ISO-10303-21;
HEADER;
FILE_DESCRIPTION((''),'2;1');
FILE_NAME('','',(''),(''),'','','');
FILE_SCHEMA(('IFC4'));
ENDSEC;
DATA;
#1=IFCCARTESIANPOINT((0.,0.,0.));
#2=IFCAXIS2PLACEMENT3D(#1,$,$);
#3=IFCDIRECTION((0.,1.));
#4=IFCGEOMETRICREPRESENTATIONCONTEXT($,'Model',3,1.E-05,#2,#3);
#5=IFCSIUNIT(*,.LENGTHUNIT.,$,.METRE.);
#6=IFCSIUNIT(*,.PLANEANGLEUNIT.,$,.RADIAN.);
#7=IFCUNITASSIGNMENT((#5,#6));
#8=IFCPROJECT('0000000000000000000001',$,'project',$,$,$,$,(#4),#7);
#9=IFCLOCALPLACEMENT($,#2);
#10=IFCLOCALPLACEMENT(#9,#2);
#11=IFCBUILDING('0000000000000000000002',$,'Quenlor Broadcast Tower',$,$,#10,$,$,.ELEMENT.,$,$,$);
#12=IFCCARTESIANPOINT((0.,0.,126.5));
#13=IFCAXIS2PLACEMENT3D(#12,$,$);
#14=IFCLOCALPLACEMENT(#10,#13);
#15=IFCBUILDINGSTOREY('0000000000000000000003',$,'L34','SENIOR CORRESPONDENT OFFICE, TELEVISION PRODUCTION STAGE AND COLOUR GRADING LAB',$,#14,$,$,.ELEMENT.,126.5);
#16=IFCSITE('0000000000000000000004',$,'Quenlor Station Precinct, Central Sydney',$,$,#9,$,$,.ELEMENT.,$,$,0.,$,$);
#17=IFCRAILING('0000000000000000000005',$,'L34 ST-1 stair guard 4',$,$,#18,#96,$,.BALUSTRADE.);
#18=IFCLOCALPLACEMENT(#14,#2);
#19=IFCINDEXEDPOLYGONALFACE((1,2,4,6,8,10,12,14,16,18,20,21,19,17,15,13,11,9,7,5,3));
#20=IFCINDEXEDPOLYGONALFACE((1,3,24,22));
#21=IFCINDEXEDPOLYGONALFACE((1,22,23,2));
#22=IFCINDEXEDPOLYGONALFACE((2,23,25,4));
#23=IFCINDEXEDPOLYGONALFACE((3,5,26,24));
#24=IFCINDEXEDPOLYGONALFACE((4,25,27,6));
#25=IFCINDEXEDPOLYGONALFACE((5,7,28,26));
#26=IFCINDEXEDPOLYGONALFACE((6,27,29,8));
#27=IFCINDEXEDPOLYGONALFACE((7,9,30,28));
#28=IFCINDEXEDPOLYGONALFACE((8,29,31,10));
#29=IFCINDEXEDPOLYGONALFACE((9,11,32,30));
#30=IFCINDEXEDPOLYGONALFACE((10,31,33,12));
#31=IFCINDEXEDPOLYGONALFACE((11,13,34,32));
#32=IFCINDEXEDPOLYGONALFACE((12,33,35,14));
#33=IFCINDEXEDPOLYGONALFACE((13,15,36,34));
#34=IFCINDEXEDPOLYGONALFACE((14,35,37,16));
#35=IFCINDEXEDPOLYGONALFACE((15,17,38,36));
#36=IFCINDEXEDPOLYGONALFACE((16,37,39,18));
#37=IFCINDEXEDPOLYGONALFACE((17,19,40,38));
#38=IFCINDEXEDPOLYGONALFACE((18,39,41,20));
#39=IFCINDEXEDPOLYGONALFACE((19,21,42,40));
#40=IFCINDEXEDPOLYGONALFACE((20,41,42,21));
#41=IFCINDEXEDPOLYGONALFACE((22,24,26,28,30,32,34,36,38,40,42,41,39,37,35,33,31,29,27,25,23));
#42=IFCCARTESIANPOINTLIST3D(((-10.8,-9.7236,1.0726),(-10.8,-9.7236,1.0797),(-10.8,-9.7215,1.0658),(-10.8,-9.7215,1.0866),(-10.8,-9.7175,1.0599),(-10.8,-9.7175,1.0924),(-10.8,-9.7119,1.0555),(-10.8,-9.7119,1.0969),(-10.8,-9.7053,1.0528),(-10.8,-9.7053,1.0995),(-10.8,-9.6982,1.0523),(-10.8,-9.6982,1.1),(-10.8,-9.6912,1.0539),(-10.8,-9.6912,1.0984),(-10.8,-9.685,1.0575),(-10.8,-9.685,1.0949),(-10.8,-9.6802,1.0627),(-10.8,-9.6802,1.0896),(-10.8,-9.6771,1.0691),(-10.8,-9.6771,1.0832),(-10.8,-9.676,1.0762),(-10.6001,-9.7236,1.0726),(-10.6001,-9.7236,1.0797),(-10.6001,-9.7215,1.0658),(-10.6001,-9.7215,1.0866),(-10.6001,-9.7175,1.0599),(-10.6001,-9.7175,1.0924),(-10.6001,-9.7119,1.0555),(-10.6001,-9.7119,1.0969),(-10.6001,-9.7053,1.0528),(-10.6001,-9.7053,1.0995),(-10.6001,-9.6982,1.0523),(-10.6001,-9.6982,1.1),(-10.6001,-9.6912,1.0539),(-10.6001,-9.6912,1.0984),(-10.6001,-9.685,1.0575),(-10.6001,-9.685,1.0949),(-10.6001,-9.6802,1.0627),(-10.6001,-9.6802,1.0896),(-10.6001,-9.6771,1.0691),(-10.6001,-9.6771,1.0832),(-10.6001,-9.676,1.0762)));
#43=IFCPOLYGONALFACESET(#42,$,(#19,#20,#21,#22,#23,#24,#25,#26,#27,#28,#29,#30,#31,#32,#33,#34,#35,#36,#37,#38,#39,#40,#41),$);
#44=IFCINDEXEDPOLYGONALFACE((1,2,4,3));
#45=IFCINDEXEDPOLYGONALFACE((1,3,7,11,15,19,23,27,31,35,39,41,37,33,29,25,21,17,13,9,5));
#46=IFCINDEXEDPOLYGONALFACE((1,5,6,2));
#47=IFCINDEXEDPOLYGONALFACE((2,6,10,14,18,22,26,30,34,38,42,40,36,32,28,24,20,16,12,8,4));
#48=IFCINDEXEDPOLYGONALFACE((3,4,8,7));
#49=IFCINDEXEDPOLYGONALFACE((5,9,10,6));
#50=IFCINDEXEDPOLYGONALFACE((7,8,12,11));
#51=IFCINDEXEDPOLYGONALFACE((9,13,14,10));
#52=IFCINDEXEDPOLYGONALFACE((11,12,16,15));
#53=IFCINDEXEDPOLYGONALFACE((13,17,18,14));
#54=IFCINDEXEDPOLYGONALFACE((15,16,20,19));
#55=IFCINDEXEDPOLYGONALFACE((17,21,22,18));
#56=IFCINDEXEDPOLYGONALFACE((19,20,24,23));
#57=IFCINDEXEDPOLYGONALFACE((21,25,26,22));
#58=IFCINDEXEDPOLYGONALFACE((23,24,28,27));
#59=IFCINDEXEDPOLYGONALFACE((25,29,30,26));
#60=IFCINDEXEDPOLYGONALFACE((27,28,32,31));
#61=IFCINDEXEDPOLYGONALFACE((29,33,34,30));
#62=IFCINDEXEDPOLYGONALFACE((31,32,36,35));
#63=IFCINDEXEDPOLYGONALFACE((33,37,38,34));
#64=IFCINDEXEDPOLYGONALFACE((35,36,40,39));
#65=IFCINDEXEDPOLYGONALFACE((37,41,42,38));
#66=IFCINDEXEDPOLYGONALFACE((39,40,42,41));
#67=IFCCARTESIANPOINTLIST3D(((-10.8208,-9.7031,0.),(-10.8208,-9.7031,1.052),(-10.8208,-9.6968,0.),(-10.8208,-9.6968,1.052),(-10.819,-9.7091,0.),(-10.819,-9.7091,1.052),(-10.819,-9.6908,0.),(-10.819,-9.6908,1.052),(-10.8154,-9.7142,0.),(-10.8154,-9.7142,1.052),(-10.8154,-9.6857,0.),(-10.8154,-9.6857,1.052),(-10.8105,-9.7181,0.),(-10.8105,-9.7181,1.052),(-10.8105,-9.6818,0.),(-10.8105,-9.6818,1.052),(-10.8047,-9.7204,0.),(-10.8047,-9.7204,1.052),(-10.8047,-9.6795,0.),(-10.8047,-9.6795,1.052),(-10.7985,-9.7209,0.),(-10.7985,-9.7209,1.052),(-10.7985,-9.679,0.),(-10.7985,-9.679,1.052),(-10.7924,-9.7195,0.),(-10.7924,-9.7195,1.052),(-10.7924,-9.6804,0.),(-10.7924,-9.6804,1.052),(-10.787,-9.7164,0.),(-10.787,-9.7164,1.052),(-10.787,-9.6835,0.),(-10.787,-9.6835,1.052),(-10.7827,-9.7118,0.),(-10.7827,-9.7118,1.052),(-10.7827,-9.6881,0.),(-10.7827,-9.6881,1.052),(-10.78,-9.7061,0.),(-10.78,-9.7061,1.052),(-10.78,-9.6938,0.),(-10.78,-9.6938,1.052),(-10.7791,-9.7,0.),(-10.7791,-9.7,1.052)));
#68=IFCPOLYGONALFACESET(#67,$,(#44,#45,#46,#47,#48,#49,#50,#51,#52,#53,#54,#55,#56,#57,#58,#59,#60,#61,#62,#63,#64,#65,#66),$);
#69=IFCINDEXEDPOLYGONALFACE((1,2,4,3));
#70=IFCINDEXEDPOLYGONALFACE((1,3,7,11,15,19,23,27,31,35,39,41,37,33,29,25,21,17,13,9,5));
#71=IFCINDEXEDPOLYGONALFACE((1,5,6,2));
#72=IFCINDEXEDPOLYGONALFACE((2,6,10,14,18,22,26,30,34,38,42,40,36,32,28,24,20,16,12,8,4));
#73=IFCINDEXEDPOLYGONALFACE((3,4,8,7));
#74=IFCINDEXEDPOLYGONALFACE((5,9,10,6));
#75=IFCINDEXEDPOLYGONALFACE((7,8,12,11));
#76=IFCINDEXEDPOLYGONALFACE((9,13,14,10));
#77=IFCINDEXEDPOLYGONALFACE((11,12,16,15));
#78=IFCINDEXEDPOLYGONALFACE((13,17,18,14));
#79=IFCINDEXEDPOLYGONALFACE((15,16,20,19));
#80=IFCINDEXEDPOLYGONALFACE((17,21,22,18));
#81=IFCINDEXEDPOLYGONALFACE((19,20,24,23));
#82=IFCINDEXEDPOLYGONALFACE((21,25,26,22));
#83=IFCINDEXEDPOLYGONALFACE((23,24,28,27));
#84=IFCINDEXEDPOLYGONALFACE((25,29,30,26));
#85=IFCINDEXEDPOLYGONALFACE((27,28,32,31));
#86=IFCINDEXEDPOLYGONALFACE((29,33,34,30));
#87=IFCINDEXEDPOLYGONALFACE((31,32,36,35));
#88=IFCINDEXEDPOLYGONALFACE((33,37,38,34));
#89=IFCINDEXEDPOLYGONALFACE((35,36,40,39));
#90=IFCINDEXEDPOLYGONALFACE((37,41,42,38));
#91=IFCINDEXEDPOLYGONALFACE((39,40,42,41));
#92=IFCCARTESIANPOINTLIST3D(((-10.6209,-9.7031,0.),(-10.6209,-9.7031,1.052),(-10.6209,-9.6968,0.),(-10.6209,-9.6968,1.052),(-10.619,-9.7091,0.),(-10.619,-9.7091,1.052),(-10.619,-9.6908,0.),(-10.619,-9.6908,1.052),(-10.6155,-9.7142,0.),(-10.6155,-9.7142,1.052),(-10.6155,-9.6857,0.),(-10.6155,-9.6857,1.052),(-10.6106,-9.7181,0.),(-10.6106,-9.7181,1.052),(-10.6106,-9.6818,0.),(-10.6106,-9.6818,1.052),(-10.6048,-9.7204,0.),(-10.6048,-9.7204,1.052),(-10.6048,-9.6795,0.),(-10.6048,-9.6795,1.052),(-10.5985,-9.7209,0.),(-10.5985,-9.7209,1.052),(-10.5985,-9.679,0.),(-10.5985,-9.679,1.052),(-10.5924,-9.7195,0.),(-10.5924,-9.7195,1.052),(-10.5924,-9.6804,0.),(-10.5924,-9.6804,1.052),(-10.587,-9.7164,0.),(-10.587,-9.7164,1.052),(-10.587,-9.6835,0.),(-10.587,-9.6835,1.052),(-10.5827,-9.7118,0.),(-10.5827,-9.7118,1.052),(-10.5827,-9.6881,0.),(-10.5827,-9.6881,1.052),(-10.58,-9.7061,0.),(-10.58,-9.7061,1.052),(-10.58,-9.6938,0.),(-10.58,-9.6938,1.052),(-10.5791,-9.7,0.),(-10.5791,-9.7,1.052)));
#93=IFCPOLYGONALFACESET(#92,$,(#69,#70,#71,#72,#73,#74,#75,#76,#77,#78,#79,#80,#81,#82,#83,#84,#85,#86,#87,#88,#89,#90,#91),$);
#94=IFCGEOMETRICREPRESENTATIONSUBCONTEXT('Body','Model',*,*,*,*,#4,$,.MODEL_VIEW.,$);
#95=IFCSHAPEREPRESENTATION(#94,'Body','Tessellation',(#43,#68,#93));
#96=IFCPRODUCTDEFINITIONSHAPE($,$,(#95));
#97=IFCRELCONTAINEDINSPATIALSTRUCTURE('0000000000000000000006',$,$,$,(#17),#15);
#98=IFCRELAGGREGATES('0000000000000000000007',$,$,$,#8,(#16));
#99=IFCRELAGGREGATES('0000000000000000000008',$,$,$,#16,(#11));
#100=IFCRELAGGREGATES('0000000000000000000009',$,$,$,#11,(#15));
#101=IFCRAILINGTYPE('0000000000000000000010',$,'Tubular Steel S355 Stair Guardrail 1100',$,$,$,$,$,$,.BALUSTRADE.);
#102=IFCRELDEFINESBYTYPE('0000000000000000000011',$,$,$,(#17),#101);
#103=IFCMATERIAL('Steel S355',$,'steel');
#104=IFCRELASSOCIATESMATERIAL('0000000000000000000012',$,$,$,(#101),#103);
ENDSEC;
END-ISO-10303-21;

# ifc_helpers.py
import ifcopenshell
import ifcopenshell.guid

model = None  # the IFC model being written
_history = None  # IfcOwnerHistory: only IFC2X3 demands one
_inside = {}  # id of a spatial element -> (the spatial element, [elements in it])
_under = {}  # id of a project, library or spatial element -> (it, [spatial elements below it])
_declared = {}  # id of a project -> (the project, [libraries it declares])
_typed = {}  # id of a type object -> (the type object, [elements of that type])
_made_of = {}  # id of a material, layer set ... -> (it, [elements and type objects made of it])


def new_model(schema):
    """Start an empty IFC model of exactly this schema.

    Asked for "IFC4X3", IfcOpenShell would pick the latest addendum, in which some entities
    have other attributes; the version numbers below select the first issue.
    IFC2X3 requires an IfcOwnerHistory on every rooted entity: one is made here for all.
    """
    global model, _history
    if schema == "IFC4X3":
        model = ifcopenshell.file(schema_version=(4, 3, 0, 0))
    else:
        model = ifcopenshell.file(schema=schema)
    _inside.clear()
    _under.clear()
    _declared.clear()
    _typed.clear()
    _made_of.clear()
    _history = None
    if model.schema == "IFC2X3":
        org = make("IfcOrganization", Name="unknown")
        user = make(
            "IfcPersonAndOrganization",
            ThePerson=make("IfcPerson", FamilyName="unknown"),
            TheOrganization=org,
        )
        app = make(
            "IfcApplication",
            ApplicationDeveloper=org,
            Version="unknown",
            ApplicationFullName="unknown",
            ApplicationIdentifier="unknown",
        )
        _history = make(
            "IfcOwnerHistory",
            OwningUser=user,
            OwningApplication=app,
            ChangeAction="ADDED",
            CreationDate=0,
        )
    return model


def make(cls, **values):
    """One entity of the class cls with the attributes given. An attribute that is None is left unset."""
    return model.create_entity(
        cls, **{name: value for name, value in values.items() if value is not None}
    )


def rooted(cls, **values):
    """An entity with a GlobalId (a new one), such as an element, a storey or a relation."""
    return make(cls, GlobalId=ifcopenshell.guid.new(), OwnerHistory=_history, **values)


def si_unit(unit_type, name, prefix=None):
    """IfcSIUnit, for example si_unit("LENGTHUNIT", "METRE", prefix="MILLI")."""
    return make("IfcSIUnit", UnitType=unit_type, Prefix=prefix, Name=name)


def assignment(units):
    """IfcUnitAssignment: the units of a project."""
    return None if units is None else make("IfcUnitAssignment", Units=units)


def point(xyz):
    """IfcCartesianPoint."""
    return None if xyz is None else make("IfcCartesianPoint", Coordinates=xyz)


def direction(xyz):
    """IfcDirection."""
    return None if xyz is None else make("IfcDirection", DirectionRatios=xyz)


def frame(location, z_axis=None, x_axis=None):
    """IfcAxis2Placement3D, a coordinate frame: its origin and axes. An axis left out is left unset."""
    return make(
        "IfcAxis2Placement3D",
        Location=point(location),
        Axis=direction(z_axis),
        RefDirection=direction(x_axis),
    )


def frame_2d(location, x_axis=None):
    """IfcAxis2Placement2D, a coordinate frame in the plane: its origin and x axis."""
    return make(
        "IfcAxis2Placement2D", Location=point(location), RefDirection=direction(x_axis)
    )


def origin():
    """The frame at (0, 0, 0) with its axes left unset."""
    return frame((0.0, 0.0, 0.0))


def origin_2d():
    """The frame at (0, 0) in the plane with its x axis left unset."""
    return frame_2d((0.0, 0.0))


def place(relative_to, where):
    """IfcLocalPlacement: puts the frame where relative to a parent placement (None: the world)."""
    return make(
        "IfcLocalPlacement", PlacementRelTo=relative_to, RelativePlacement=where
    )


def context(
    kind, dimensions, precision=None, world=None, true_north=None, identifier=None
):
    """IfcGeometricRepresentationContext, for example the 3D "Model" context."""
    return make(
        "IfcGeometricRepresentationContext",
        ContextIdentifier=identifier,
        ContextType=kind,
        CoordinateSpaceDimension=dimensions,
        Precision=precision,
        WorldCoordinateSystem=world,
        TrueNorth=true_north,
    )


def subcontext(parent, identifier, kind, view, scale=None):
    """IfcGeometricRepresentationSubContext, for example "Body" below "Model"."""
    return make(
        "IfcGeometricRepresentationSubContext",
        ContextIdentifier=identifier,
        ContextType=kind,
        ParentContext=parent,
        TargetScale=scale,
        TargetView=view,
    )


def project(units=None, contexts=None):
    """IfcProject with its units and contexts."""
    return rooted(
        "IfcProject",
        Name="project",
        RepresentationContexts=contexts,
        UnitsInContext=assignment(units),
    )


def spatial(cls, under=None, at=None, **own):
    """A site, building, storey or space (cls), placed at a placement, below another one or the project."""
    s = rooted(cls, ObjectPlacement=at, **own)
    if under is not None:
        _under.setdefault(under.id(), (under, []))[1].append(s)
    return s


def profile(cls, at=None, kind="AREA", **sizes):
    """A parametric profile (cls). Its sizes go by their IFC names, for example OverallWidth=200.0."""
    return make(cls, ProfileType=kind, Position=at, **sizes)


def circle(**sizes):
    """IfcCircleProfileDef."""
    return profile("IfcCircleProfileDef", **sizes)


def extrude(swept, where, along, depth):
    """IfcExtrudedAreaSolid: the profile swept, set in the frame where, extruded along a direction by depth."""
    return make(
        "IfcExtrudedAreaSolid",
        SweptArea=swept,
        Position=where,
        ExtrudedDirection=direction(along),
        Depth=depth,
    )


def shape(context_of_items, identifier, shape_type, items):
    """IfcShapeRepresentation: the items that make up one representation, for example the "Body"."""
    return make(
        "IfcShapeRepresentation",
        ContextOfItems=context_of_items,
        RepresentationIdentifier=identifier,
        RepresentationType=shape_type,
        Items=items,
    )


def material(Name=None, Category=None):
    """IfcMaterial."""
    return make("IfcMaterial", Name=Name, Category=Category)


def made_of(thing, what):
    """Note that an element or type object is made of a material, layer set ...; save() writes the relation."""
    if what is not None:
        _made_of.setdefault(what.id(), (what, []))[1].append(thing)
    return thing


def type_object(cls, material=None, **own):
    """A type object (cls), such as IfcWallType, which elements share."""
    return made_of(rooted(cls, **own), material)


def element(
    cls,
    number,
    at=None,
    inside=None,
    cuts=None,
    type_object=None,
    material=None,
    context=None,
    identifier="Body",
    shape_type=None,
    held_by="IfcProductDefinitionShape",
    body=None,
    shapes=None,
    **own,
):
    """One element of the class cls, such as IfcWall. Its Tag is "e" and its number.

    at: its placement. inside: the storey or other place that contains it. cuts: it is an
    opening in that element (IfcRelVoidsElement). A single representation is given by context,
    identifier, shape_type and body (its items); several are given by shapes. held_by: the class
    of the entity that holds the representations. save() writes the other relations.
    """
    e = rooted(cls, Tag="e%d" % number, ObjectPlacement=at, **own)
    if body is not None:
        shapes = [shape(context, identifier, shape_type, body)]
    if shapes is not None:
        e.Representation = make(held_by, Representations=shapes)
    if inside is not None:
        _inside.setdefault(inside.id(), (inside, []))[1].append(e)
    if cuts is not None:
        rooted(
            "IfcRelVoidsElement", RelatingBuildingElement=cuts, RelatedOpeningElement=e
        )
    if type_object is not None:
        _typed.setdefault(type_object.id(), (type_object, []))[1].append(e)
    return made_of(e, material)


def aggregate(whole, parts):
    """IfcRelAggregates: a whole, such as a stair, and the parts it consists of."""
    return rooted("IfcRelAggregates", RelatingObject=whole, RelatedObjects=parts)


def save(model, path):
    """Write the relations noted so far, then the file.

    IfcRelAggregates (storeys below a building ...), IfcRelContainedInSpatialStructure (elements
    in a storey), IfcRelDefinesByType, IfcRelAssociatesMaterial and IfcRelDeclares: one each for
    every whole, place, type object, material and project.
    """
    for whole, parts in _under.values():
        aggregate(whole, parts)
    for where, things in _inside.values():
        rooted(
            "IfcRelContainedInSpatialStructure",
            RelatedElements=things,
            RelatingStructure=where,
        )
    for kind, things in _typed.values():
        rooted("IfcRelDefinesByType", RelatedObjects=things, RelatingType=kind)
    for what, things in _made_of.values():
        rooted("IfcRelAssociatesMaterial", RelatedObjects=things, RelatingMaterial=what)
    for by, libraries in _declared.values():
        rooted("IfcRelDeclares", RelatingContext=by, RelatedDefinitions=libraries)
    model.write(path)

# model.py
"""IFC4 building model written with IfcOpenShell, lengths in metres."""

from ifc_helpers import new_model, si_unit, direction, frame, origin, origin_2d, place, context, subcontext, project, spatial, circle, extrude, material, type_object, element, save


model = new_model("IFC4")

# Units and contexts
model_context = context("Model", 3, precision=1e-05, world=origin(), true_north=direction((0.0, 1.0)))
body_context = subcontext(model_context, "Body", "Model", "MODEL_VIEW")
ifc_project = project(units=[si_unit("LENGTHUNIT", "METRE"), si_unit("PLANEANGLEUNIT", "RADIAN")], contexts=[model_context])

# Site, building, storey
site_placement = place(None, origin())
site = spatial("IfcSite", under=ifc_project, at=site_placement, Name="Quenlor Station Precinct, Central Sydney", CompositionType="ELEMENT", RefElevation=0.0)
building_placement = place(site_placement, origin())
building = spatial("IfcBuilding", under=site, at=building_placement, Name="Quenlor Broadcast Tower", CompositionType="ELEMENT")
storey_placement = place(building_placement, frame((0.0, 0.0, 126.5)))
storey = spatial("IfcBuildingStorey", under=building, at=storey_placement, Name="L34", Description="SENIOR CORRESPONDENT OFFICE, TELEVISION PRODUCTION STAGE AND COLOUR GRADING LAB", CompositionType="ELEMENT", Elevation=126.5)

# Railing
ifc_material_1 = material(Name="Steel S355", Category="steel")
railing_type = type_object("IfcRailingType", Name="Tubular Steel S355 Stair Guardrail 1100", PredefinedType="BALUSTRADE", material=ifc_material_1)
railing_1_placement = place(storey_placement, frame((-10.8, -9.7, 0.0)))
element("IfcRailing", 1, at=railing_1_placement, inside=storey, type_object=railing_type, Name="L34 ST-1 stair guard 4", PredefinedType="BALUSTRADE", context=body_context, shape_type="SweptSolid", body=[
    extrude(circle(Radius=0.0239, at=origin_2d()), frame((0.0, 0.0, 1.0762), z_axis=(1.0, 0.0, 0.0), x_axis=(0.0, 1.0, 0.0)), (0.0, 0.0, 1.0), 0.2),
    extrude(circle(Radius=0.021, at=origin_2d()), origin(), (0.0, 0.0, 1.0), 1.052),
    extrude(circle(Radius=0.021, at=origin_2d()), frame((0.2, 0.0, 0.0)), (0.0, 0.0, 1.0), 1.052),
])

save(model, "model.ifc")
